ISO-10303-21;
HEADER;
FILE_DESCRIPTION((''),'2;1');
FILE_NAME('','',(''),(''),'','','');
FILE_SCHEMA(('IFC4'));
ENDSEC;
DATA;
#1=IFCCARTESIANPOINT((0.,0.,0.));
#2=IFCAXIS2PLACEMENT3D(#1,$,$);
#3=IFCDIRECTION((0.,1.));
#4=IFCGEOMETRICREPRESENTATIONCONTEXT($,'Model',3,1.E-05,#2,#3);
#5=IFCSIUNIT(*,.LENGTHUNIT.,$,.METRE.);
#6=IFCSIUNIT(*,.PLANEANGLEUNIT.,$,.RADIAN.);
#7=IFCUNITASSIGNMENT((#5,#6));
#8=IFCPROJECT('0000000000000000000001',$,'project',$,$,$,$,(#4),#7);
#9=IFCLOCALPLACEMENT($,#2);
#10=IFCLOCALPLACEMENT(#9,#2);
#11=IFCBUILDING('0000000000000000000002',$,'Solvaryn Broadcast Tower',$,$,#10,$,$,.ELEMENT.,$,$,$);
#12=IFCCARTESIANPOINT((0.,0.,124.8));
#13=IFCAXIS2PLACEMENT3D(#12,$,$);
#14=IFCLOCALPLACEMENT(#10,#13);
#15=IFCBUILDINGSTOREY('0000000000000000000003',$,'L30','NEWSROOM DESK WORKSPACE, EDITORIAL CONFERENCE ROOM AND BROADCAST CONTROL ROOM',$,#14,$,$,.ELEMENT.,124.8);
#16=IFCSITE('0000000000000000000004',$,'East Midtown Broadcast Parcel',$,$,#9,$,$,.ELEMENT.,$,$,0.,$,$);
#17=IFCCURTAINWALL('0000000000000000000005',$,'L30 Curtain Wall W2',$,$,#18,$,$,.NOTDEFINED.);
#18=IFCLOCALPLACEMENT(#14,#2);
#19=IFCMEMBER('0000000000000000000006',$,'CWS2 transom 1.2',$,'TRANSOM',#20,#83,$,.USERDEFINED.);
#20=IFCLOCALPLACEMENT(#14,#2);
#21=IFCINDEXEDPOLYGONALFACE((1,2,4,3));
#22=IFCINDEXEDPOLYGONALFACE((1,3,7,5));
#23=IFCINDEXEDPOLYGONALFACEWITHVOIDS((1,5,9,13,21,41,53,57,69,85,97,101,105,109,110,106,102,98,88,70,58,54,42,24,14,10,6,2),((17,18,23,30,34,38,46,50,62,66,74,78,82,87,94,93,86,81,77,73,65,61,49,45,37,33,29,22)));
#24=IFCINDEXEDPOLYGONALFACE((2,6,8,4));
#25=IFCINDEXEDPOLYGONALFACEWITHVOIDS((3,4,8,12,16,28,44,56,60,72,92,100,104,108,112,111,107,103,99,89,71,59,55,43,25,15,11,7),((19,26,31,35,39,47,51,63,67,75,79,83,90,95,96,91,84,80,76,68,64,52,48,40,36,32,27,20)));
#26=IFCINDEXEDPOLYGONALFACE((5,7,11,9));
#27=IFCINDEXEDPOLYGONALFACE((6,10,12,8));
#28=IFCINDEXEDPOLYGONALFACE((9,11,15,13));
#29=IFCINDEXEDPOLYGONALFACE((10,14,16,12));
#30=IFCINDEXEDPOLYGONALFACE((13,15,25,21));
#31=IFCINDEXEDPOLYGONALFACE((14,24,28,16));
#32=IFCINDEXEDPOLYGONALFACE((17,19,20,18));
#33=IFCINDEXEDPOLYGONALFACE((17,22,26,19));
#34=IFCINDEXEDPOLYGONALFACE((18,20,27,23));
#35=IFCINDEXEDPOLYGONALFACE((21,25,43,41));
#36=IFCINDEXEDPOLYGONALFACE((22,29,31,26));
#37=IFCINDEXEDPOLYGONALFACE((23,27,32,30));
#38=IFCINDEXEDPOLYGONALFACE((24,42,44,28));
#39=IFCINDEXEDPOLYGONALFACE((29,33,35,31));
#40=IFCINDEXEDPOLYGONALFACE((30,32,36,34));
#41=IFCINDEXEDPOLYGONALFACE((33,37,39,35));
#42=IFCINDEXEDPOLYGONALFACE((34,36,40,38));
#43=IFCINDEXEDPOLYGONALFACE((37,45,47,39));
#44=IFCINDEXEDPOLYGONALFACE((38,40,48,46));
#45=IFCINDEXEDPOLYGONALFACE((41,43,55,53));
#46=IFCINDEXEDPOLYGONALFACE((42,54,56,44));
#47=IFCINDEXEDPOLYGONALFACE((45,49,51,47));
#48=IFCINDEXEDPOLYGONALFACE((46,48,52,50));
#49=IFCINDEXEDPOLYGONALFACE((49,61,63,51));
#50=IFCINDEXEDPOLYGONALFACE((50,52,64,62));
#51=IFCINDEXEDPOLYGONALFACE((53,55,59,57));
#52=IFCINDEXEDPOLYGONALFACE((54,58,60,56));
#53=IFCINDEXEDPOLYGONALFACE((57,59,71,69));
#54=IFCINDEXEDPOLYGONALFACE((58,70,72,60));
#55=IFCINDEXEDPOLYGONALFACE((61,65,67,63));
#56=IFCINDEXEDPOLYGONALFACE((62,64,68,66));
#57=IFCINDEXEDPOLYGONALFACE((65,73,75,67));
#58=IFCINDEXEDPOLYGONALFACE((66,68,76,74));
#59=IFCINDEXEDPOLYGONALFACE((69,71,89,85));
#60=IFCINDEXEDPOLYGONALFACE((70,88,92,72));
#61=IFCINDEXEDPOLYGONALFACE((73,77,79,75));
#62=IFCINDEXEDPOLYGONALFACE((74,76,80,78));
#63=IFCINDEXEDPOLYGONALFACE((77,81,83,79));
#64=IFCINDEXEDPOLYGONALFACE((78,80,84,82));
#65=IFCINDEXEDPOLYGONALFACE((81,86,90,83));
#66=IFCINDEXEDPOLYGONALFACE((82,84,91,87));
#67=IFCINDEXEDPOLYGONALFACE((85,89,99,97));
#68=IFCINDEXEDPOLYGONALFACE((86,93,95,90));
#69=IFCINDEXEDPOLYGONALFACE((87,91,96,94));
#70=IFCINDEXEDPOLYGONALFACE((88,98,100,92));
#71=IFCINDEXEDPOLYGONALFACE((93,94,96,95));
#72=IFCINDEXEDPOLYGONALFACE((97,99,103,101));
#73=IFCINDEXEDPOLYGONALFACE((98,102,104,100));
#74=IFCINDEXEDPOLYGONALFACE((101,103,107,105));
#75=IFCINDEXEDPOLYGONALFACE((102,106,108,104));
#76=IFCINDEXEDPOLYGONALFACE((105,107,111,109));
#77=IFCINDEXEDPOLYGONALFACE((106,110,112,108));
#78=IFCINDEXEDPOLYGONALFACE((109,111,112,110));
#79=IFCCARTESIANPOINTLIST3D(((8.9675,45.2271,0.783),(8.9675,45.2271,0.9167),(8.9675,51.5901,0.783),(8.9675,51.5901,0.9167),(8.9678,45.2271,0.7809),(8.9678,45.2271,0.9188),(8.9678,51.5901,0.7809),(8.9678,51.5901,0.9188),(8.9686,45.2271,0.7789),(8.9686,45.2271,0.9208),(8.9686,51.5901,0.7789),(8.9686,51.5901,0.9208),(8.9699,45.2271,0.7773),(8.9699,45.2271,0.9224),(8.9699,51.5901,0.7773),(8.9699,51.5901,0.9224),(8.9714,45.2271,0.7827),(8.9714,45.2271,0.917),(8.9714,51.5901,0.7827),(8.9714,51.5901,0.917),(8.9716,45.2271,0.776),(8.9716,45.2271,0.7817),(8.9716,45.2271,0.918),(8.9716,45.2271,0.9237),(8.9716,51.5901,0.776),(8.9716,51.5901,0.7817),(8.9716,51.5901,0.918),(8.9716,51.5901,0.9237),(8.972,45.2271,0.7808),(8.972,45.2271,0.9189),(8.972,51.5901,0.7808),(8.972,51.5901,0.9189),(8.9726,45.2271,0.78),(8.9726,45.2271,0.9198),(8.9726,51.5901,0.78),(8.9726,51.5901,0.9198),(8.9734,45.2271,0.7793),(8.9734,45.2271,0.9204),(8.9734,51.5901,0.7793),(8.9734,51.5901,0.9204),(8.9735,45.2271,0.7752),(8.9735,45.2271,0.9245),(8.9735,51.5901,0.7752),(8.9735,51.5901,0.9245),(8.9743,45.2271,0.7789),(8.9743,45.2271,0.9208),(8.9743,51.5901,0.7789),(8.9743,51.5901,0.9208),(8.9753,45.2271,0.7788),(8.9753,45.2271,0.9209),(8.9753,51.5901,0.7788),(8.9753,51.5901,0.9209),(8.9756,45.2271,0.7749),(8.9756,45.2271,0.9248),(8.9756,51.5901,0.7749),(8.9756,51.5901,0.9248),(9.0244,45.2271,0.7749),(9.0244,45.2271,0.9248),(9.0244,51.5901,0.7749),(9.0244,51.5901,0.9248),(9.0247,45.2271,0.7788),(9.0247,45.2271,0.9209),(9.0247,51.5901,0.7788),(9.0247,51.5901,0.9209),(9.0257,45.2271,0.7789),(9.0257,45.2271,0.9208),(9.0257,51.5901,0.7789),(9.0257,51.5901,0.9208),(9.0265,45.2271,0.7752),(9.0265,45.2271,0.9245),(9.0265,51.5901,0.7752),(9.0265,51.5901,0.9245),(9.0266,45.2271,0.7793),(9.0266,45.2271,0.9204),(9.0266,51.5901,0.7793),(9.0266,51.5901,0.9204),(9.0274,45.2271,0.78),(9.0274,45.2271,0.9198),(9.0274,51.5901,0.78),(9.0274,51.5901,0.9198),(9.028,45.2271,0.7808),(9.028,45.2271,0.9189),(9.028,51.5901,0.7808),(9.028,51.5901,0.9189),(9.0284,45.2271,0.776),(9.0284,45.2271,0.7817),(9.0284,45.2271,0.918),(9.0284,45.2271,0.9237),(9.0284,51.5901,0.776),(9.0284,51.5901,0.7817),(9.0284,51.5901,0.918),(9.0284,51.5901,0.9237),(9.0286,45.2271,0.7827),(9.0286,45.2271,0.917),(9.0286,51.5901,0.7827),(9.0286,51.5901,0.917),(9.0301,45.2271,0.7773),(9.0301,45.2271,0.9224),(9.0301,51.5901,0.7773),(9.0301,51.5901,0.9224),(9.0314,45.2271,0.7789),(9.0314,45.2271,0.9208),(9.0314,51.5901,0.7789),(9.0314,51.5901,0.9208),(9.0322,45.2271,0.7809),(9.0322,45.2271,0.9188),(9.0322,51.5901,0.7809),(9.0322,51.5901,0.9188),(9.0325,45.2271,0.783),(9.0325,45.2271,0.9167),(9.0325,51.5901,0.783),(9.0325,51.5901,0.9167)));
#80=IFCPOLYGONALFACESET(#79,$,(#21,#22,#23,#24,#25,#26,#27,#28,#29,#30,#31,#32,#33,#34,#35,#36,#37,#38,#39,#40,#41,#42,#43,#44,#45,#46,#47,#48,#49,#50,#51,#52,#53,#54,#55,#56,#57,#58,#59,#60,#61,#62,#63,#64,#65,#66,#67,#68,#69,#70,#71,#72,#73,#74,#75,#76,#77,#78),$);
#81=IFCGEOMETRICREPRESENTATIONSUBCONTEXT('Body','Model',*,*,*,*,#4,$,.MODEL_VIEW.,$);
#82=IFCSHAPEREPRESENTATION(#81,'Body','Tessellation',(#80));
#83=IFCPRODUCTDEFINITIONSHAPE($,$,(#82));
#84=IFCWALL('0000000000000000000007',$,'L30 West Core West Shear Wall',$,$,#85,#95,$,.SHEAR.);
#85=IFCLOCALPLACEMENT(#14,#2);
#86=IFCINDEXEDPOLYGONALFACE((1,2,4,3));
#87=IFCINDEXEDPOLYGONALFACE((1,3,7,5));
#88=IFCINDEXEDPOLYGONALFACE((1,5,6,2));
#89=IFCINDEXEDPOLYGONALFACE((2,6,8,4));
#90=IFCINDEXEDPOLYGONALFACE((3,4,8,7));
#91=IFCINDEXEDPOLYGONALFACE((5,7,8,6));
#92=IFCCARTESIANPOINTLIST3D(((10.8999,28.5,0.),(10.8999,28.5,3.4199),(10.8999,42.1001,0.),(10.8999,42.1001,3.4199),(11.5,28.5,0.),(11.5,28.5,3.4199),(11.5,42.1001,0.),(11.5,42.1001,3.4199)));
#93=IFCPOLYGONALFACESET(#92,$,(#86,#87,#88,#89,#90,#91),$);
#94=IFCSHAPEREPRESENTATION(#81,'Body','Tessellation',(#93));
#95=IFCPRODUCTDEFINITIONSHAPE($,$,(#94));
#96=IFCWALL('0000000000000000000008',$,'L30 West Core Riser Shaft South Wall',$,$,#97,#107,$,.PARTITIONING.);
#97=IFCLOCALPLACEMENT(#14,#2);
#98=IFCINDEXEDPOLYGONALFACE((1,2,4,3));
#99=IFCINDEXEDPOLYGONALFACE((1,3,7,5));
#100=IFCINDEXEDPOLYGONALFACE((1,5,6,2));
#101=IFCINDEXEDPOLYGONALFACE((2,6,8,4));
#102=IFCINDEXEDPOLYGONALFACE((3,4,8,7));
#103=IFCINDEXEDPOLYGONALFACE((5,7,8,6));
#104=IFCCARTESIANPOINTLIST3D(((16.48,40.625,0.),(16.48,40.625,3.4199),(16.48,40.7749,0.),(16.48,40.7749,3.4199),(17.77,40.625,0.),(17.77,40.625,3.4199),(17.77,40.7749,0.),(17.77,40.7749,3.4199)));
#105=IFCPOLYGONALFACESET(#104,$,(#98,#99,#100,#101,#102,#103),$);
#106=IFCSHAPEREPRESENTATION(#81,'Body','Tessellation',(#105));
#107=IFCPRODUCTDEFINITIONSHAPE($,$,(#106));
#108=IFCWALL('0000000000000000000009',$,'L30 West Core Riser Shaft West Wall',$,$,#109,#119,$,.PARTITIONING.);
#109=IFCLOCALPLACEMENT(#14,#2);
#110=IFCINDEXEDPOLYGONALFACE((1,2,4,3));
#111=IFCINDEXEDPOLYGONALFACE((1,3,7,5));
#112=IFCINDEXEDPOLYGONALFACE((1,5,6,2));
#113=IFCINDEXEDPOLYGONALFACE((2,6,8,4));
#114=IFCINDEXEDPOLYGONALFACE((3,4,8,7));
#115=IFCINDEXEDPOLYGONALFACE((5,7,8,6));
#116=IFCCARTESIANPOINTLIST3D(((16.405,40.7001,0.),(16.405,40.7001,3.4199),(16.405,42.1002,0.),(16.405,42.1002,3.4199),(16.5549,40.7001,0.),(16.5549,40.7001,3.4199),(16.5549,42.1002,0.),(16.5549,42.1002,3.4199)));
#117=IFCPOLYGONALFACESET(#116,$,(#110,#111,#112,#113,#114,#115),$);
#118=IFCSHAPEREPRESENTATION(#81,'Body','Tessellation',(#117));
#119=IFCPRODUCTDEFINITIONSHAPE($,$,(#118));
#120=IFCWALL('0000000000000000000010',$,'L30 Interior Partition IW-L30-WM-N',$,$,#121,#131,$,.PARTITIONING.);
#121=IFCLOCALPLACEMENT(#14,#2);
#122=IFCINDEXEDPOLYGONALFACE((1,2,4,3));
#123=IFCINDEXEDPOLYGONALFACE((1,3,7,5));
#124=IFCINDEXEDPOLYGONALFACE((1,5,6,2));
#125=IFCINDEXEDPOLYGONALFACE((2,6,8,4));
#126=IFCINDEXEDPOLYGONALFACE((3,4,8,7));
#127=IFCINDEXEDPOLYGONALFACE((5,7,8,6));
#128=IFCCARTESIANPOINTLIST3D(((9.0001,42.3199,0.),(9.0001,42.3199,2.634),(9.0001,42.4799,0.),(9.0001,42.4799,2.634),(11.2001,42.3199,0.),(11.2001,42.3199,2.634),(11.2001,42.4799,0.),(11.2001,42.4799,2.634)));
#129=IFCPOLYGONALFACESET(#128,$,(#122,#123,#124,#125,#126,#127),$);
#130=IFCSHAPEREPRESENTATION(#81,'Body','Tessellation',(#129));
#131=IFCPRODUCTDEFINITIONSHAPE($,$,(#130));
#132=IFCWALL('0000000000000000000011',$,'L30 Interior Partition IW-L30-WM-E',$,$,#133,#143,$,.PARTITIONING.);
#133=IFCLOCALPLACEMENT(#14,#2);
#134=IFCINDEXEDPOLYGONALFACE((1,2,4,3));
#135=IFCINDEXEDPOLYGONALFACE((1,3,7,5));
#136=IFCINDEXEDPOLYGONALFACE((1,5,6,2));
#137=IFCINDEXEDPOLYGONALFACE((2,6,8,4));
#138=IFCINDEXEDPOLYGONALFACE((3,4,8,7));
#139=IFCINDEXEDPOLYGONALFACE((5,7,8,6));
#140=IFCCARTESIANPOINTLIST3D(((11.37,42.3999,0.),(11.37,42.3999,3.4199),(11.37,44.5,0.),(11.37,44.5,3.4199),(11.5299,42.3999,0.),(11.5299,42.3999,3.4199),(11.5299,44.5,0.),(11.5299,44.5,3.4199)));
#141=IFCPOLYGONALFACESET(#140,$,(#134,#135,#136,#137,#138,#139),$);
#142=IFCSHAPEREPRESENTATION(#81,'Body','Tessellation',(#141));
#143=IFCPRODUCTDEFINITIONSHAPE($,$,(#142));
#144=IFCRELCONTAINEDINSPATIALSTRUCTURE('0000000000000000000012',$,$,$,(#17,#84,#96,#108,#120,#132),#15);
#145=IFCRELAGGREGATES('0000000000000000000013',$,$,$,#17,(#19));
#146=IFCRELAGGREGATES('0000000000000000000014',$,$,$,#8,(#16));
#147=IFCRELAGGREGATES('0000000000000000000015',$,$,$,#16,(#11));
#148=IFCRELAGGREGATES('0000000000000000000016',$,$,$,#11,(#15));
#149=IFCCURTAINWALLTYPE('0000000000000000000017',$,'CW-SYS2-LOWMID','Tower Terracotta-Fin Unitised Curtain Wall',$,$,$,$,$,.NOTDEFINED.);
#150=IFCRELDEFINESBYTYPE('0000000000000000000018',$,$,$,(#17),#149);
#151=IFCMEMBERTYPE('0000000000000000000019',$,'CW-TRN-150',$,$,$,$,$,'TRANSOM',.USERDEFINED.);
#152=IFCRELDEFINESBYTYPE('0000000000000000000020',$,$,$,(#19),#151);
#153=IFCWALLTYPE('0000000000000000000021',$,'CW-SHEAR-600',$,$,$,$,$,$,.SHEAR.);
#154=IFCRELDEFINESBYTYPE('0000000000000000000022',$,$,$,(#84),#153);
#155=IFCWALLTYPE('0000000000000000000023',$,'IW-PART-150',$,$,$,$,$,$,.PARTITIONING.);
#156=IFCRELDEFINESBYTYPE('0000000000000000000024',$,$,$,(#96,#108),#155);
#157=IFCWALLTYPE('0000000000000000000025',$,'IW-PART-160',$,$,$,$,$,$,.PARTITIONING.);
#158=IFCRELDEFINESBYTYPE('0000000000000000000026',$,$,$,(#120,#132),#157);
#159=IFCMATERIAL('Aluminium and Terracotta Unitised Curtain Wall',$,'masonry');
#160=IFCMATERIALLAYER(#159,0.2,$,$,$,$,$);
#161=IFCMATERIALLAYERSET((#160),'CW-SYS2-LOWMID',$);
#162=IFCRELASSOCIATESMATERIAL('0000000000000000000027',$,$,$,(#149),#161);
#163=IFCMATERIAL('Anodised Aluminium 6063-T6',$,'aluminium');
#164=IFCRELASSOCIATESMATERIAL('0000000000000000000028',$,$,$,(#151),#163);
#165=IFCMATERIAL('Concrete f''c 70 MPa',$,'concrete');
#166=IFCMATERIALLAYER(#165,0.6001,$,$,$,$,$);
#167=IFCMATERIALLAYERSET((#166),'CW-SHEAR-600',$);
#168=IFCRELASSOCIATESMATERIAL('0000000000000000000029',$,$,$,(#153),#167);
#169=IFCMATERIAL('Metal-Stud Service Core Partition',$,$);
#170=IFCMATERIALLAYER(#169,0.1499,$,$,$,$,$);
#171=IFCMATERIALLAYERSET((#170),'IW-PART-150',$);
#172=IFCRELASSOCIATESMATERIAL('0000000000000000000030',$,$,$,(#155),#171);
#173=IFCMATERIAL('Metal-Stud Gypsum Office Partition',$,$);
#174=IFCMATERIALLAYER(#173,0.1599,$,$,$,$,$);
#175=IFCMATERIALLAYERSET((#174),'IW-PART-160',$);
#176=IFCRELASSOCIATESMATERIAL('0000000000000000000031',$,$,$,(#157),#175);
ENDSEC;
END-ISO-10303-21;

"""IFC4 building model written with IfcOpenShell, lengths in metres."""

from ifc_helpers import new_model, si_unit, direction, frame, frame_2d, origin, origin_2d, place, context, subcontext, project, spatial, rectangle, hollow_rectangle, extrude, material, layer, layer_set, material_profile, profile_set, type_object, element, aggregate, save


model = new_model("IFC4")

# Units and contexts
model_context = context("Model", 3, precision=1e-05, world=origin(), true_north=direction((0.0, 1.0)))
body_context = subcontext(model_context, "Body", "Model", "MODEL_VIEW")
ifc_project = project(units=[si_unit("LENGTHUNIT", "METRE"), si_unit("PLANEANGLEUNIT", "RADIAN")], contexts=[model_context])

# Site, building, storey
site_placement = place(None, origin())
site = spatial("IfcSite", under=ifc_project, at=site_placement, Name="East Midtown Broadcast Parcel", CompositionType="ELEMENT", RefElevation=0.0)
building_placement = place(site_placement, origin())
building = spatial("IfcBuilding", under=site, at=building_placement, Name="Solvaryn Broadcast Tower", CompositionType="ELEMENT")
storey_placement = place(building_placement, frame((0.0, 0.0, 124.8)))
storey = spatial("IfcBuildingStorey", under=building, at=storey_placement, Name="L30", Description="NEWSROOM DESK WORKSPACE, EDITORIAL CONFERENCE ROOM AND BROADCAST CONTROL ROOM", CompositionType="ELEMENT", Elevation=124.8)

# Curtain wall
ifc_material_1 = material(Name="Aluminium and Terracotta Unitised Curtain Wall", Category="masonry")
ifc_layer_1 = layer(ifc_material_1, 0.2)
ifc_layer_set_1 = layer_set([ifc_layer_1], Name="CW-SYS2-LOWMID")
curtain_wall_type = type_object("IfcCurtainWallType", Name="CW-SYS2-LOWMID", Description="Tower Terracotta-Fin Unitised Curtain Wall", PredefinedType="NOTDEFINED", material=ifc_layer_set_1)
curtain_wall_1_placement = place(storey_placement, origin())
curtain_wall_1 = element("IfcCurtainWall", 1, at=curtain_wall_1_placement, inside=storey, type_object=curtain_wall_type, Name="L30 Curtain Wall W2", PredefinedType="NOTDEFINED")

# Member
ifc_material_2 = material(Name="Anodised Aluminium 6063-T6", Category="aluminium")
ifc_material_profile_1 = material_profile(ifc_material_2, hollow_rectangle(XDim=0.0649, YDim=0.1499, WallThickness=0.0039, InnerFilletRadius=0.0039, OuterFilletRadius=0.0081, at=origin_2d()))
ifc_profile_set_1 = profile_set([ifc_material_profile_1], Name="Anodised Aluminium 6063-T6")
member_type_1 = type_object("IfcMemberType", Name="CW-TRN-150", ElementType="TRANSOM", PredefinedType="USERDEFINED", material=ifc_profile_set_1)
member_1_placement = place(storey_placement, frame((9.0, 45.2271, 0.8499), z_axis=(0.0, 1.0, 0.0), x_axis=(-1.0, 0.0, 0.0)))
member_1 = element("IfcMember", 2, at=member_1_placement, type_object=member_type_1, Name="CWS2 transom 1.2", ObjectType="TRANSOM", PredefinedType="USERDEFINED", context=body_context, shape_type="SweptSolid", body=[
    extrude(hollow_rectangle(XDim=0.0649, YDim=0.1499, WallThickness=0.0039, InnerFilletRadius=0.0039, OuterFilletRadius=0.0081, at=origin_2d()), origin(), (0.0, 0.0, 1.0), 6.363),
])
aggregate(curtain_wall_1, [member_1])

# Walls
ifc_material_3 = material(Name="Concrete f'c 70 MPa", Category="concrete")
ifc_layer_2 = layer(ifc_material_3, 0.6001)
ifc_layer_set_2 = layer_set([ifc_layer_2], Name="CW-SHEAR-600")
wall_type_1 = type_object("IfcWallType", Name="CW-SHEAR-600", PredefinedType="SHEAR", material=ifc_layer_set_2)
wall_1_placement = place(storey_placement, frame((11.2, 42.1001, 0.0), z_axis=(0.0, 0.0, 1.0), x_axis=(0.0, -1.0, 0.0)))
element("IfcWall", 3, at=wall_1_placement, inside=storey, type_object=wall_type_1, Name="L30 West Core West Shear Wall", PredefinedType="SHEAR", context=body_context, shape_type="SweptSolid", body=[
    extrude(rectangle(XDim=13.6001, YDim=0.6001, at=frame_2d((6.8, 0.0))), origin(), (0.0, 0.0, 1.0), 3.4199),
])
ifc_material_4 = material(Name="Metal-Stud Service Core Partition")
ifc_layer_3 = layer(ifc_material_4, 0.1499)
ifc_layer_set_3 = layer_set([ifc_layer_3], Name="IW-PART-150")
wall_type_2 = type_object("IfcWallType", Name="IW-PART-150", PredefinedType="PARTITIONING", material=ifc_layer_set_3)
wall_2_placement = place(storey_placement, frame((16.48, 40.7, 0.0), z_axis=(0.0, 0.0, 1.0), x_axis=(1.0, 0.0, 0.0)))
element("IfcWall", 4, at=wall_2_placement, inside=storey, type_object=wall_type_2, Name="L30 West Core Riser Shaft South Wall", PredefinedType="PARTITIONING", context=body_context, shape_type="SweptSolid", body=[
    extrude(rectangle(XDim=1.29, YDim=0.1499, at=frame_2d((0.645, 0.0))), origin(), (0.0, 0.0, 1.0), 3.4199),
])
wall_3_placement = place(storey_placement, frame((16.48, 40.7, 0.0), z_axis=(0.0, 0.0, 1.0), x_axis=(0.0, 1.0, 0.0)))
element("IfcWall", 5, at=wall_3_placement, inside=storey, type_object=wall_type_2, Name="L30 West Core Riser Shaft West Wall", PredefinedType="PARTITIONING", context=body_context, shape_type="SweptSolid", body=[
    extrude(rectangle(XDim=1.4001, YDim=0.1499, at=frame_2d((0.7002, 0.0))), origin(), (0.0, 0.0, 1.0), 3.4199),
])
ifc_material_5 = material(Name="Metal-Stud Gypsum Office Partition")
ifc_layer_4 = layer(ifc_material_5, 0.1599)
ifc_layer_set_4 = layer_set([ifc_layer_4], Name="IW-PART-160")
wall_type_3 = type_object("IfcWallType", Name="IW-PART-160", PredefinedType="PARTITIONING", material=ifc_layer_set_4)
wall_4_placement = place(storey_placement, frame((9.0, 42.3999, 0.0), z_axis=(0.0, 0.0, 1.0), x_axis=(1.0, 0.0, 0.0)))
element("IfcWall", 6, at=wall_4_placement, inside=storey, type_object=wall_type_3, Name="L30 Interior Partition IW-L30-WM-N", PredefinedType="PARTITIONING", context=body_context, shape_type="SweptSolid", body=[
    extrude(rectangle(XDim=2.2, YDim=0.1599, at=frame_2d((1.1001, 0.0))), origin(), (0.0, 0.0, 1.0), 2.634),
])
wall_5_placement = place(storey_placement, frame((11.45, 42.3999, 0.0), z_axis=(0.0, 0.0, 1.0), x_axis=(0.0, 1.0, 0.0)))
element("IfcWall", 7, at=wall_5_placement, inside=storey, type_object=wall_type_3, Name="L30 Interior Partition IW-L30-WM-E", PredefinedType="PARTITIONING", context=body_context, shape_type="SweptSolid", body=[
    extrude(rectangle(XDim=2.1001, YDim=0.1599, at=frame_2d((1.05, 0.0))), origin(), (0.0, 0.0, 1.0), 3.4199),
])

save(model, "model.ifc")
